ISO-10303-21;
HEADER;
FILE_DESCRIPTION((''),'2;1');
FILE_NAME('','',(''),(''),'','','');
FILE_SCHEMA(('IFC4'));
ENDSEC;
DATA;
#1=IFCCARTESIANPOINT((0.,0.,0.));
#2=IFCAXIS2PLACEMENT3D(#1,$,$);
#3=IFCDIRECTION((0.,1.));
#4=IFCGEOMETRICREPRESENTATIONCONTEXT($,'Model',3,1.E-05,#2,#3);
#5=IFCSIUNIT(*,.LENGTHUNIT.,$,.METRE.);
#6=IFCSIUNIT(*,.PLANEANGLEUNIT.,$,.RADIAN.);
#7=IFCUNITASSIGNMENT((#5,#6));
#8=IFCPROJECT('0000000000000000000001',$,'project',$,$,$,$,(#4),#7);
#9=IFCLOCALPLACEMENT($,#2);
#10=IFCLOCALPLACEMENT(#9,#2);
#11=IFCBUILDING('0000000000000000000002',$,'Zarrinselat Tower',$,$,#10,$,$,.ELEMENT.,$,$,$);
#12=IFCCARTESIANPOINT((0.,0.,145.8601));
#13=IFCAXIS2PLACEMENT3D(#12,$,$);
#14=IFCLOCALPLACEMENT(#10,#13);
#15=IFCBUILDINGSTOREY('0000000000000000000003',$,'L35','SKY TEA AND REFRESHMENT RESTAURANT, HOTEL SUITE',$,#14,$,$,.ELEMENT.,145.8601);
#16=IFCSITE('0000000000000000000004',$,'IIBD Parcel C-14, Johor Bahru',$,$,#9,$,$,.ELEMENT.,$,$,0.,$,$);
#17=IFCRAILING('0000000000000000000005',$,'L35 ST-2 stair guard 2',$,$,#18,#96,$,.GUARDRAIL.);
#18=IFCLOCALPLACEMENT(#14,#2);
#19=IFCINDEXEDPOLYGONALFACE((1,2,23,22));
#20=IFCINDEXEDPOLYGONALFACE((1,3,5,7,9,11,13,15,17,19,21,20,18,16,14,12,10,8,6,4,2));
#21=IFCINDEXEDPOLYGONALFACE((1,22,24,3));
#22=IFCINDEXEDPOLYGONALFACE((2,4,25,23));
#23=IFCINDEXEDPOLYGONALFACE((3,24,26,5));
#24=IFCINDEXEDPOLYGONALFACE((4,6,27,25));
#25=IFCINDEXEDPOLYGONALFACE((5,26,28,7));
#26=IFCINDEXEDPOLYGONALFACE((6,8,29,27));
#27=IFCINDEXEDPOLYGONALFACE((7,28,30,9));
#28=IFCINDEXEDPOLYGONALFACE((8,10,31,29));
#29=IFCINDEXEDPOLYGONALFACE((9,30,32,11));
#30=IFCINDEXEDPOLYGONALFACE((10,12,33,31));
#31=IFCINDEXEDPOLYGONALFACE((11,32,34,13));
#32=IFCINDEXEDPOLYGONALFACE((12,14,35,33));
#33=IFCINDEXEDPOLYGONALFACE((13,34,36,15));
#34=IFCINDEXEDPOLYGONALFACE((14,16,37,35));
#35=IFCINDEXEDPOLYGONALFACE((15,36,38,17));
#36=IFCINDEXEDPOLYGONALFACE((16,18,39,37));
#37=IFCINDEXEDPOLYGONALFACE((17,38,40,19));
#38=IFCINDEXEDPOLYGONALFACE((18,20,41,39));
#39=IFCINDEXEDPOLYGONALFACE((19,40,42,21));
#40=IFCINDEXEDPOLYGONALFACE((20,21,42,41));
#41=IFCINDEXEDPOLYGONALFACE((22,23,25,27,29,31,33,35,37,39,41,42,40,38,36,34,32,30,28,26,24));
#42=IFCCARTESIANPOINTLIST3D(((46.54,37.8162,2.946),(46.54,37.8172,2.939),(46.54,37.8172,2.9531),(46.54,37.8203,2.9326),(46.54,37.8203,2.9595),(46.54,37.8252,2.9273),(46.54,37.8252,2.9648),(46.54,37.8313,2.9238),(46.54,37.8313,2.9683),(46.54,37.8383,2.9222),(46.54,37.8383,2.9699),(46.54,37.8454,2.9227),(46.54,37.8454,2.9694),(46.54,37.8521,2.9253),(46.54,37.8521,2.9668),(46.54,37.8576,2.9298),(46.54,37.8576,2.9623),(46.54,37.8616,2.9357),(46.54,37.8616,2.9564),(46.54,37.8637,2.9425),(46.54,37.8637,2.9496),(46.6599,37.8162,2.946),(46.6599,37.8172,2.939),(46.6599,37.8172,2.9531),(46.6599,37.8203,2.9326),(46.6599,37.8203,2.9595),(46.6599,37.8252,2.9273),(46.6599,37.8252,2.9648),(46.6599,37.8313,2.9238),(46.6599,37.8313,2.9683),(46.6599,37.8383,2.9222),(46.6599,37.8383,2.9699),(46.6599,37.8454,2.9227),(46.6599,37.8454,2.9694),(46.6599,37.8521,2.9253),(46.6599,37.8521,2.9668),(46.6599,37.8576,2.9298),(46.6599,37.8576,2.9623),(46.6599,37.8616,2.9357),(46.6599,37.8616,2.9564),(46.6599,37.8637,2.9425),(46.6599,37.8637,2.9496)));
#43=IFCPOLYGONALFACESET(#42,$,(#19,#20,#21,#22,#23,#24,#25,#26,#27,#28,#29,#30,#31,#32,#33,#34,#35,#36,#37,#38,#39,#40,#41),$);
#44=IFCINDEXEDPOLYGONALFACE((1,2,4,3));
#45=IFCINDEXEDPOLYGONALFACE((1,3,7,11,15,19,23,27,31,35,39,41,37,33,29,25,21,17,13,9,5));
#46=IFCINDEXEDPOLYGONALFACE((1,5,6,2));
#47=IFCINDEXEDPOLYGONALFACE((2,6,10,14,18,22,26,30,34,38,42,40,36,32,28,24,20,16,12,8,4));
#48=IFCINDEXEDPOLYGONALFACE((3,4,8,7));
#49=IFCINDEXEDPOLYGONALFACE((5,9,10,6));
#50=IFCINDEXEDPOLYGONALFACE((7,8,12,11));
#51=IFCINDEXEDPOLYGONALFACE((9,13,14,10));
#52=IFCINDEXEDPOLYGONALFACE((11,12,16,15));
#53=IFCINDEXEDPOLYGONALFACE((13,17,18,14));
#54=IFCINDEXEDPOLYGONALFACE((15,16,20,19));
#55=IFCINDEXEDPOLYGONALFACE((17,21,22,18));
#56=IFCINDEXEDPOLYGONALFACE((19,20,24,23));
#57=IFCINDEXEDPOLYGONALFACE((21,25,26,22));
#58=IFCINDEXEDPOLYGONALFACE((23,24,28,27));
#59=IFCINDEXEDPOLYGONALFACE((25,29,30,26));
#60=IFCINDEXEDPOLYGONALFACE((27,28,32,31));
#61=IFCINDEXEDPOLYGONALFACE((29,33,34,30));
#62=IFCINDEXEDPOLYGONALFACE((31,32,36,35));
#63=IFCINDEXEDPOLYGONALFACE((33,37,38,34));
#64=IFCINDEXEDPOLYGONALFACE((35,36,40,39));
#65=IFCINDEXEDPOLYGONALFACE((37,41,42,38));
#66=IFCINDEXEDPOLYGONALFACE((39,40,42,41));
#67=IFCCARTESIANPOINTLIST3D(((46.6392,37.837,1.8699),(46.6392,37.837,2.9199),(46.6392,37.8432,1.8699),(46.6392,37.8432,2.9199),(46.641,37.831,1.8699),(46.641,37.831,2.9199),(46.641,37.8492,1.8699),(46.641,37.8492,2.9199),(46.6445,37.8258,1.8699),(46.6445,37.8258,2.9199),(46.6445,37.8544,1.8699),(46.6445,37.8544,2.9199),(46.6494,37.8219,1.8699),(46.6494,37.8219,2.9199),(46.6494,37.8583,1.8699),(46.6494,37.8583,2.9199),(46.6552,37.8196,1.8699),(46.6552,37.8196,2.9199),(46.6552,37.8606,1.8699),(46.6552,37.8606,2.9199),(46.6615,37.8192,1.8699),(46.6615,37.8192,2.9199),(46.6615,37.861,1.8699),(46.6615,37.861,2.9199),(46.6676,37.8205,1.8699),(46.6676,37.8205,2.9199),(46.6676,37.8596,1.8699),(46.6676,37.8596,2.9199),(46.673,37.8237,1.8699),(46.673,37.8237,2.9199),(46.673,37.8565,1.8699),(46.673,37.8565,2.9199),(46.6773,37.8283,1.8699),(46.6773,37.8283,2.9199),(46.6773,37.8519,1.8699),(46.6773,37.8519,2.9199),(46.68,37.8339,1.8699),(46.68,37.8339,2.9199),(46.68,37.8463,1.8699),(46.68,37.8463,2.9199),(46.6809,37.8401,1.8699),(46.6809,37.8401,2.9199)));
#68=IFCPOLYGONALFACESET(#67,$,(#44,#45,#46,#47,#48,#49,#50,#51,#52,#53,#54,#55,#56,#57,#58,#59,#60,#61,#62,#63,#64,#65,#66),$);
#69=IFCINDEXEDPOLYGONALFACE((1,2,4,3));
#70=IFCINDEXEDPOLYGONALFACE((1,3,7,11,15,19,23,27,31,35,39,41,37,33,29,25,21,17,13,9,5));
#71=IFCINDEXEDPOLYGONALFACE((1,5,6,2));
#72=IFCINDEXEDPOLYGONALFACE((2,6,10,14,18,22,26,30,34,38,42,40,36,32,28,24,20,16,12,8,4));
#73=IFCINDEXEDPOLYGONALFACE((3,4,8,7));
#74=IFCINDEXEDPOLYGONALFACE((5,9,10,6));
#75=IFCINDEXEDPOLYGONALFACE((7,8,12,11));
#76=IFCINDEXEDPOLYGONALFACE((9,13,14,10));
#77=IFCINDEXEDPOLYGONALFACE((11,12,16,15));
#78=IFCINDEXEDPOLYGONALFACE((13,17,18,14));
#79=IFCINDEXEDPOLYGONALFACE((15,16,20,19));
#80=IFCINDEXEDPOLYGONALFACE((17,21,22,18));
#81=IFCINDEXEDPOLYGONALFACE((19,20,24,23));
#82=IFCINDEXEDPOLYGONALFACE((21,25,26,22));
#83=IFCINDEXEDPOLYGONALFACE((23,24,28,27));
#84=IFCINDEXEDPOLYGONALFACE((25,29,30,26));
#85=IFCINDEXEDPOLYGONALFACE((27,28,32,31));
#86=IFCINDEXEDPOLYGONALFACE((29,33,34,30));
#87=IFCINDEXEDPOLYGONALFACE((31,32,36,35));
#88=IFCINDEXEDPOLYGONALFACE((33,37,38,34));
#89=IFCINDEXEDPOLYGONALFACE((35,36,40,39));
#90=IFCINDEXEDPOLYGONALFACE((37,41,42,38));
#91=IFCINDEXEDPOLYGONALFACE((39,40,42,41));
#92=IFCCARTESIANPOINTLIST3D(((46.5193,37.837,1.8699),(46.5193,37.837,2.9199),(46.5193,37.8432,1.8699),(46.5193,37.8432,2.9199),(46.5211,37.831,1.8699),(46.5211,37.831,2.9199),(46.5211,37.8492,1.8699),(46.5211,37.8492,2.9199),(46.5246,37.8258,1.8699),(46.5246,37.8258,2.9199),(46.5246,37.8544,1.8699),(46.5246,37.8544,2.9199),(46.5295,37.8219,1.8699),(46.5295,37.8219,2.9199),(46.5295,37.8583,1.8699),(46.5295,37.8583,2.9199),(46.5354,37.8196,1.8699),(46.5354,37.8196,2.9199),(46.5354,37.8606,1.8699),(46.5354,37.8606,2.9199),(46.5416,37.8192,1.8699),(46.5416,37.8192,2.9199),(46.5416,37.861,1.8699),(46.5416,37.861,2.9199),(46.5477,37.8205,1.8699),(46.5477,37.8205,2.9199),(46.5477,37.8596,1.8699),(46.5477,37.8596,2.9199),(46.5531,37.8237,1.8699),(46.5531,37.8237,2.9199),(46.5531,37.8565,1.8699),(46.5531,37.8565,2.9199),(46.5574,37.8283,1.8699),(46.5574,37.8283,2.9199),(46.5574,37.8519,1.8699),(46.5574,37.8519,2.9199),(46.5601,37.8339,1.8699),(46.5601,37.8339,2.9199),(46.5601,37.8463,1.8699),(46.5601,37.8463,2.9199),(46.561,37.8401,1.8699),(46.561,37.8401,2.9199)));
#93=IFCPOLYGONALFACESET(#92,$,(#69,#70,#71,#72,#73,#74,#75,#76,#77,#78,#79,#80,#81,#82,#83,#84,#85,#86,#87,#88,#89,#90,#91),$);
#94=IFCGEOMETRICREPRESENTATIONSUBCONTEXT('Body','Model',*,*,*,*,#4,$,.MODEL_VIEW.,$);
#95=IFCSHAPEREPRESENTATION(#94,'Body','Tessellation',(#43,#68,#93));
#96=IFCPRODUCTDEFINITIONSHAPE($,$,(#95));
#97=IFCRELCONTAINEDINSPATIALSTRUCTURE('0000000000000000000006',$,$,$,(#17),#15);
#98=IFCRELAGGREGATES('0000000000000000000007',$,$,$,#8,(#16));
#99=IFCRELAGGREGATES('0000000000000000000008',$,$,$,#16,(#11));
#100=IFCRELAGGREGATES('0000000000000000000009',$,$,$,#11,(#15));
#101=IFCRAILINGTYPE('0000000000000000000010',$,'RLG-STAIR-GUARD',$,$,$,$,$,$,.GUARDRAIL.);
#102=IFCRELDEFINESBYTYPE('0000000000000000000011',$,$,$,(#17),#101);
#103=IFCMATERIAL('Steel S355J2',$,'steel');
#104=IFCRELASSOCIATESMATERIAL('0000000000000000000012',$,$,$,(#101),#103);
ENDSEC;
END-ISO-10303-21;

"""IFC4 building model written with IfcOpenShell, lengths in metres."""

from ifc_helpers import new_model, si_unit, direction, frame, origin, origin_2d, place, context, subcontext, project, spatial, circle, extrude, material, type_object, element, save


model = new_model("IFC4")

# Units and contexts
model_context = context("Model", 3, precision=1e-05, world=origin(), true_north=direction((0.0, 1.0)))
body_context = subcontext(model_context, "Body", "Model", "MODEL_VIEW")
ifc_project = project(units=[si_unit("LENGTHUNIT", "METRE"), si_unit("PLANEANGLEUNIT", "RADIAN")], contexts=[model_context])

# Site, building, storey
site_placement = place(None, origin())
site = spatial("IfcSite", under=ifc_project, at=site_placement, Name="IIBD Parcel C-14, Johor Bahru", CompositionType="ELEMENT", RefElevation=0.0)
building_placement = place(site_placement, origin())
building = spatial("IfcBuilding", under=site, at=building_placement, Name="Zarrinselat Tower", CompositionType="ELEMENT")
storey_placement = place(building_placement, frame((0.0, 0.0, 145.8601)))
storey = spatial("IfcBuildingStorey", under=building, at=storey_placement, Name="L35", Description="SKY TEA AND REFRESHMENT RESTAURANT, HOTEL SUITE", CompositionType="ELEMENT", Elevation=145.8601)

# Railing
ifc_material_1 = material(Name="Steel S355J2", Category="steel")
railing_type_1 = type_object("IfcRailingType", Name="RLG-STAIR-GUARD", PredefinedType="GUARDRAIL", material=ifc_material_1)
railing_1_placement = place(storey_placement, frame((46.6599, 37.8401, 1.8699)))
element("IfcRailing", 1, at=railing_1_placement, inside=storey, type_object=railing_type_1, Name="L35 ST-2 stair guard 2", PredefinedType="GUARDRAIL", context=body_context, shape_type="SweptSolid", body=[
    extrude(circle(Radius=0.0239, at=origin_2d()), frame((0.0, 0.0, 1.0762), z_axis=(-1.0, 0.0, 0.0), x_axis=(0.0, -1.0, 0.0)), (0.0, 0.0, 1.0), 0.1199),
    extrude(circle(Radius=0.021, at=origin_2d()), origin(), (0.0, 0.0, 1.0), 1.05),
    extrude(circle(Radius=0.021, at=origin_2d()), frame((-0.1199, 0.0, 0.0)), (0.0, 0.0, 1.0), 1.05),
])

save(model, "model.ifc")
